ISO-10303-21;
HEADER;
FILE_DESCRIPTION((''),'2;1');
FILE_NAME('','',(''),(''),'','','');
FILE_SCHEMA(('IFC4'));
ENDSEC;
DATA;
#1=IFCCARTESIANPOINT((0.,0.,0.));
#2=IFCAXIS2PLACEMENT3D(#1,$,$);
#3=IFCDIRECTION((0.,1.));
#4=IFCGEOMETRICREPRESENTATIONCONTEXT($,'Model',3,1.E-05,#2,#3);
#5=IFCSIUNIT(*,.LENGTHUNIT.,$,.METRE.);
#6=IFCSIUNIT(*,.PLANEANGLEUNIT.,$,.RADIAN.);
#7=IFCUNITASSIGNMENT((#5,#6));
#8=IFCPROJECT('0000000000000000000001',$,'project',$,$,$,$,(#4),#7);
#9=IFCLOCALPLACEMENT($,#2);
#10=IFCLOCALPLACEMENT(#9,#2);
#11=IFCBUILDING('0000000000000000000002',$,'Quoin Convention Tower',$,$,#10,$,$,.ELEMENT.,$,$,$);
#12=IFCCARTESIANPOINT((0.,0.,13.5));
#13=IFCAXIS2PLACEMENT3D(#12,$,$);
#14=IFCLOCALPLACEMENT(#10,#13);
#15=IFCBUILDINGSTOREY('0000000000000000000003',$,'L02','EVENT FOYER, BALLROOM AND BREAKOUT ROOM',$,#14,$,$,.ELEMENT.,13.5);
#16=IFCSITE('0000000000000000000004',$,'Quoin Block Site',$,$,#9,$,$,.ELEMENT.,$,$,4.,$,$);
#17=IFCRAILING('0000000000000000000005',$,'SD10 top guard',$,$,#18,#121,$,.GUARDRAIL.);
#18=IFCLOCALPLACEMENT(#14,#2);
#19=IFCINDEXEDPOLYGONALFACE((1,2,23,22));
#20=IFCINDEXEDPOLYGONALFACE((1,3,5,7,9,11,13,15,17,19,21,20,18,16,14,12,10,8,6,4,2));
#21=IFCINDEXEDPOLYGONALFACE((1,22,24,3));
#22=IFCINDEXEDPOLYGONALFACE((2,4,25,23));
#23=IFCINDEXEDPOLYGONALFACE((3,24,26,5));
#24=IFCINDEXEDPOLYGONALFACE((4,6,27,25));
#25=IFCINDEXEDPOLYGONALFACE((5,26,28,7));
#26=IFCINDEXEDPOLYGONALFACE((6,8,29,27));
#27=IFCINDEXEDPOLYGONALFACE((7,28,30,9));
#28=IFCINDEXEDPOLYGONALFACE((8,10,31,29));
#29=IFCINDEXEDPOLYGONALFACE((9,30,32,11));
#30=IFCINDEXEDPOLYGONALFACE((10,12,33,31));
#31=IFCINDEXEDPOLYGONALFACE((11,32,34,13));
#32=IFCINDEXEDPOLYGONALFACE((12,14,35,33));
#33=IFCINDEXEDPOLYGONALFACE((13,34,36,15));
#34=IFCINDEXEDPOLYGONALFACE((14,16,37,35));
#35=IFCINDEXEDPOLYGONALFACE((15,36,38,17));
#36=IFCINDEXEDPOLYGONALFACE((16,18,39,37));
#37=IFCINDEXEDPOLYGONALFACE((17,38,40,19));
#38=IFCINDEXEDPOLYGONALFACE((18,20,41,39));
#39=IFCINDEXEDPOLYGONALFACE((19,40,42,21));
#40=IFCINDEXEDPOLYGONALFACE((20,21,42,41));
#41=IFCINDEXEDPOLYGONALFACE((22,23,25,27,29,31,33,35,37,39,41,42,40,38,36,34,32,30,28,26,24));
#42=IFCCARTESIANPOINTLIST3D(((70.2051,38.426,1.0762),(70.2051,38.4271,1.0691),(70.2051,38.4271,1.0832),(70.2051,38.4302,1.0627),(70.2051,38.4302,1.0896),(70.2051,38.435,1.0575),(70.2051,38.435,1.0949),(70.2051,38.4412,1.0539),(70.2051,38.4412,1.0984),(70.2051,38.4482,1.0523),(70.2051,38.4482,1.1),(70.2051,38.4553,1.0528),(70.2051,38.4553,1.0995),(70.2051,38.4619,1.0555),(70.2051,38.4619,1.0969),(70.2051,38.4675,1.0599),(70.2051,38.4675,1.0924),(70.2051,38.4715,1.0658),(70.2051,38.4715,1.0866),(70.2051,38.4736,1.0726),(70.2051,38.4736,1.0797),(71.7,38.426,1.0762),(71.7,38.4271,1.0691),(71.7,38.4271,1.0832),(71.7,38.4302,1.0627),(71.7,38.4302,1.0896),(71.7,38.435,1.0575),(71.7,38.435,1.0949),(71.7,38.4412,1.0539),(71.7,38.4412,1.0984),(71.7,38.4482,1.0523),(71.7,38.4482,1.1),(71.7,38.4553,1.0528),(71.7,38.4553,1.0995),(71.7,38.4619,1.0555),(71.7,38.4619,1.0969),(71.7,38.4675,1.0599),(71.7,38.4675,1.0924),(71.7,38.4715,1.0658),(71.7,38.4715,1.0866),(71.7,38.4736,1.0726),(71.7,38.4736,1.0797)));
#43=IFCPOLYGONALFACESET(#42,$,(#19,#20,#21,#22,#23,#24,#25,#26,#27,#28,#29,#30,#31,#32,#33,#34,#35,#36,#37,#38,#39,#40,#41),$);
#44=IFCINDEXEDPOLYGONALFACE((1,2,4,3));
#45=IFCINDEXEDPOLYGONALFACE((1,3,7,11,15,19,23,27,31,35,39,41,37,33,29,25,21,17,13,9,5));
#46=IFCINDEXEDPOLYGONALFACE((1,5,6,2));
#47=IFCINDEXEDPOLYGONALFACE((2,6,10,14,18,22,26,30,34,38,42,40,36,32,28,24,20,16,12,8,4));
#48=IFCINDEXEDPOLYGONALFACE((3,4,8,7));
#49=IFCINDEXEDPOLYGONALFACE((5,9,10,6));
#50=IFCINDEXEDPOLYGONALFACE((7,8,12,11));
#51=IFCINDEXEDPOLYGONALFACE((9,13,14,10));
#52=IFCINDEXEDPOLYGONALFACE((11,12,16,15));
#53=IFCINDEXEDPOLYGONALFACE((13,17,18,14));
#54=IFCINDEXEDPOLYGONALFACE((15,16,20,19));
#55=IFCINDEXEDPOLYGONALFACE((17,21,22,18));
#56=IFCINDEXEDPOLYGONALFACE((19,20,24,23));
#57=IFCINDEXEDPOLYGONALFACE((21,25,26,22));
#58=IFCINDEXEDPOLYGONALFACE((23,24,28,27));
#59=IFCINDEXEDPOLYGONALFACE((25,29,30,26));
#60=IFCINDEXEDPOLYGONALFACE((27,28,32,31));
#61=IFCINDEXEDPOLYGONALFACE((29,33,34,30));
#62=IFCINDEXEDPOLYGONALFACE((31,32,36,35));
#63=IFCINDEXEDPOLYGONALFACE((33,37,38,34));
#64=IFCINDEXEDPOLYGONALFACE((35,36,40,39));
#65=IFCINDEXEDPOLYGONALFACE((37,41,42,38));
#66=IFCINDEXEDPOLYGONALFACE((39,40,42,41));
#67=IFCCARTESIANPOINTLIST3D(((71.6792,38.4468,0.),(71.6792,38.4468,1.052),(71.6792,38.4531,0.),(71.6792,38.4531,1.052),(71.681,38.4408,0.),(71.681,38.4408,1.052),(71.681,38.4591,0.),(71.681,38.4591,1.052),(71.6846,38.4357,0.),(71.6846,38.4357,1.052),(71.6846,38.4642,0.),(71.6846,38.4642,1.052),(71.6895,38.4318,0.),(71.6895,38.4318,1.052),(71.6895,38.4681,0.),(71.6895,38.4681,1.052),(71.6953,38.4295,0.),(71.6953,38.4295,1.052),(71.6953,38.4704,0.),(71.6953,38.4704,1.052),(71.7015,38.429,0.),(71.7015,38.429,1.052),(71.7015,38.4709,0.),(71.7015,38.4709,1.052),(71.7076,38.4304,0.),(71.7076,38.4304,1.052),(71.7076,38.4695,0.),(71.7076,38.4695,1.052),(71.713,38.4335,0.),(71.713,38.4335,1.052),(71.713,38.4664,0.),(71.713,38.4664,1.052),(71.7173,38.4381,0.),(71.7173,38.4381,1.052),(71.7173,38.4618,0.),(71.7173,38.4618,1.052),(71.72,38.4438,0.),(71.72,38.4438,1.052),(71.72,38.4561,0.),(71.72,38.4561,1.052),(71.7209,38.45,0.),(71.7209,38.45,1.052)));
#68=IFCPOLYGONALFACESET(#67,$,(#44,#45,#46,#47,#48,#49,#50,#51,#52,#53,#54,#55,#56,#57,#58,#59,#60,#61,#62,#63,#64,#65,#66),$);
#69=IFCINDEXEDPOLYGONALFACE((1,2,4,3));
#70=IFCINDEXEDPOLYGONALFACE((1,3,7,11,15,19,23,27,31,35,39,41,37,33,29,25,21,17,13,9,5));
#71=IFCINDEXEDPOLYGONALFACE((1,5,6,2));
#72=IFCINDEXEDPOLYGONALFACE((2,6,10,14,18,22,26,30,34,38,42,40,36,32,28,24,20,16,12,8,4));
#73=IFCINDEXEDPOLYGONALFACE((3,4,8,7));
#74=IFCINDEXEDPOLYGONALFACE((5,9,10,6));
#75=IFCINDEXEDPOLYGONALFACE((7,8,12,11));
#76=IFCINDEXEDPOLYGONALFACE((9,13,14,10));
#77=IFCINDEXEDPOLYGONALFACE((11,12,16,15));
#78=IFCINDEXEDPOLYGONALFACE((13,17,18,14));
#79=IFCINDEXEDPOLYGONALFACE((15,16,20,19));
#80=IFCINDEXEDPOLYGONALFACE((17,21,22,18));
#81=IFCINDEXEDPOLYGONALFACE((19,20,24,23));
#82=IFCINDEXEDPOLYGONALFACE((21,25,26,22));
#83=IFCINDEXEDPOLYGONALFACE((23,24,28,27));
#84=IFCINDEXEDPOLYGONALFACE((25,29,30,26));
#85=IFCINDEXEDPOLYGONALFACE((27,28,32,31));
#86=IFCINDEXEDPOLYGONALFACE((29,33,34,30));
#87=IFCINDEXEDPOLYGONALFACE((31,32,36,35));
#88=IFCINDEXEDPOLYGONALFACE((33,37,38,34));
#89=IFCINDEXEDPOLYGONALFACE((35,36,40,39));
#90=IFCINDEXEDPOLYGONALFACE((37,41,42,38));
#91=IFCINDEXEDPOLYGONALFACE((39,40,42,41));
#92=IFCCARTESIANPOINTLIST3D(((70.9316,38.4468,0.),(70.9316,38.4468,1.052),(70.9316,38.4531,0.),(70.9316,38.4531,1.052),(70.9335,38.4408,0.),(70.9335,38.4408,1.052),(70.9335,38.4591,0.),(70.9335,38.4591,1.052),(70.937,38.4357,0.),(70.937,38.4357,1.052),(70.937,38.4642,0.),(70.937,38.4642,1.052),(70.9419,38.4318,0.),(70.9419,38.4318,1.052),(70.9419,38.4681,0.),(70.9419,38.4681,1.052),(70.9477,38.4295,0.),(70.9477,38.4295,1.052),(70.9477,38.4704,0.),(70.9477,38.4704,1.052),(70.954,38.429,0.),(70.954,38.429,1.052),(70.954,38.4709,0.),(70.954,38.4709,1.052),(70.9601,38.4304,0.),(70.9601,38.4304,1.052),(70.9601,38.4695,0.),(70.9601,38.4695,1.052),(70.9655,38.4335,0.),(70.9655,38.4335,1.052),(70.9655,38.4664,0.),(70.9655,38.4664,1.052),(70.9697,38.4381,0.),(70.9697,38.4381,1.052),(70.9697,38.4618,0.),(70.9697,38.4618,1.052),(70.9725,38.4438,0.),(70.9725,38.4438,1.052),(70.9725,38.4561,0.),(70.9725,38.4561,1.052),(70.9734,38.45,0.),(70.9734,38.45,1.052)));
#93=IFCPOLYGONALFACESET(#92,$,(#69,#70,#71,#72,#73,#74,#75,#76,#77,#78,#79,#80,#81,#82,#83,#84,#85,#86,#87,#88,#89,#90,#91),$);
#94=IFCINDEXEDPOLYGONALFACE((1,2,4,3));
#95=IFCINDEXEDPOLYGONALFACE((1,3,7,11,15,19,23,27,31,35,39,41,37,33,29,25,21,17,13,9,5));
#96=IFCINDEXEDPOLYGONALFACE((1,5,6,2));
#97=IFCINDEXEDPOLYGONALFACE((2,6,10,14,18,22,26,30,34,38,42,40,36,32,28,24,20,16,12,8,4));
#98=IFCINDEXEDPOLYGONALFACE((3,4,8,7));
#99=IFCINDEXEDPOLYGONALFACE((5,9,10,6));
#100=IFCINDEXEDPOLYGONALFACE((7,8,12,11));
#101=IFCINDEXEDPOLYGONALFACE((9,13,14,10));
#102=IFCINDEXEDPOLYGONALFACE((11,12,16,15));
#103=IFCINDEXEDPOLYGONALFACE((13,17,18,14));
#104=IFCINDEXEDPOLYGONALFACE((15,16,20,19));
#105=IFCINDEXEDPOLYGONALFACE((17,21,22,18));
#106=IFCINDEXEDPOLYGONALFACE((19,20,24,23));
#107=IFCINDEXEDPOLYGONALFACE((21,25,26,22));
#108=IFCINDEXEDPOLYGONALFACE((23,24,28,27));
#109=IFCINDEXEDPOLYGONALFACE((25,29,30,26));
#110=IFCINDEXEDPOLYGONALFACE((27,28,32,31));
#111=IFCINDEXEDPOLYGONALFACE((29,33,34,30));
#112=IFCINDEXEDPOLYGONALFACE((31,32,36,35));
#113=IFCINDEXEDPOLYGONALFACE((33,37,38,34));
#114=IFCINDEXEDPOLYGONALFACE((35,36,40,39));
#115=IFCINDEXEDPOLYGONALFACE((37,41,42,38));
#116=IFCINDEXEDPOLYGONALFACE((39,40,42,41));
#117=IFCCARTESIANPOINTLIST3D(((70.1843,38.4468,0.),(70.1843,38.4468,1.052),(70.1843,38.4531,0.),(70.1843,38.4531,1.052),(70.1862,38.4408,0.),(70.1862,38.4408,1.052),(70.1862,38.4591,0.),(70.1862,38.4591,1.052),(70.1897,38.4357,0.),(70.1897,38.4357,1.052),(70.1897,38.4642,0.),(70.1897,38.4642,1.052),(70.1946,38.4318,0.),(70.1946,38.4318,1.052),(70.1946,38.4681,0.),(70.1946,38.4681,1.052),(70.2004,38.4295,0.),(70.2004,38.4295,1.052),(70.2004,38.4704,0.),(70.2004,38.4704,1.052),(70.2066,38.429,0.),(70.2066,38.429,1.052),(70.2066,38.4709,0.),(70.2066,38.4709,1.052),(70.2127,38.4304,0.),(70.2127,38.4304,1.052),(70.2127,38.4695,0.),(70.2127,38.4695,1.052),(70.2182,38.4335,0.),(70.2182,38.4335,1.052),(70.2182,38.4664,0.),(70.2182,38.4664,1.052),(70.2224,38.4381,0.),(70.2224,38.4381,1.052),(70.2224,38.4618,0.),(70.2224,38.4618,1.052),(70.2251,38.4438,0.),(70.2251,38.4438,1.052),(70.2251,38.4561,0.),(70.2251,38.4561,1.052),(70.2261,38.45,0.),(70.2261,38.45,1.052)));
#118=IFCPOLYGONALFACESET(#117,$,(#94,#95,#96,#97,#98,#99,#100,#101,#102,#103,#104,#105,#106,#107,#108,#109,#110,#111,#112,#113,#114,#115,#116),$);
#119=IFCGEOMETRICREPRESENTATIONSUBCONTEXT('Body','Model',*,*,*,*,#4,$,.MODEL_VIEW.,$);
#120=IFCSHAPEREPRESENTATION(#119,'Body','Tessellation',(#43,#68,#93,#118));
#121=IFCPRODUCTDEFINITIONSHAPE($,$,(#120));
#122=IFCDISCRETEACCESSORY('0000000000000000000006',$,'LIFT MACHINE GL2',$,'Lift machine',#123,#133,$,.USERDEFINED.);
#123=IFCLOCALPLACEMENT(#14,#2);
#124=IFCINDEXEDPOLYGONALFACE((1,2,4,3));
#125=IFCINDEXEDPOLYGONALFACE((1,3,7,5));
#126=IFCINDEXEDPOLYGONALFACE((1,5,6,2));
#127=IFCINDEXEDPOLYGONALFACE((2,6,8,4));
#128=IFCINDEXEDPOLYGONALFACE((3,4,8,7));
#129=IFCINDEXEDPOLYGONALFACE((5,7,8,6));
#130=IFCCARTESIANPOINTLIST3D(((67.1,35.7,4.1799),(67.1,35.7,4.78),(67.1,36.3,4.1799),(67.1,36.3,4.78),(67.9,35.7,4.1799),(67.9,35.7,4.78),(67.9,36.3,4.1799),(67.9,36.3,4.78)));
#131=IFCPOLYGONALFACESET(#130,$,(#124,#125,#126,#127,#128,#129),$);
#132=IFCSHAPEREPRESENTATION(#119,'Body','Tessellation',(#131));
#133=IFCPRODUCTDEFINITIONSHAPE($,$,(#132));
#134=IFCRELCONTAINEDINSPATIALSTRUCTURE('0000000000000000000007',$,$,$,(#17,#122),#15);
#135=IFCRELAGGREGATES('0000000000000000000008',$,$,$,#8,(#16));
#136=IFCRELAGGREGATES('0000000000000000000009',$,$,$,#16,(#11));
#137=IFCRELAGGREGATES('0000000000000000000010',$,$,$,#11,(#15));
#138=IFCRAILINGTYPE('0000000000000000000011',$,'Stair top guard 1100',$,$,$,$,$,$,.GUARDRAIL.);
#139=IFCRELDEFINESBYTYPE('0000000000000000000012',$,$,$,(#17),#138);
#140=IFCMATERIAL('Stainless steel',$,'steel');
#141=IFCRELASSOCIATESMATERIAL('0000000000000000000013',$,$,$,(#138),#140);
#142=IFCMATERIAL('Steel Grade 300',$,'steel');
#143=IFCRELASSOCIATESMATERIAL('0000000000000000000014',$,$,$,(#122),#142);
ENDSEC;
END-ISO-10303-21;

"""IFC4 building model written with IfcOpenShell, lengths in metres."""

from ifc_helpers import new_model, si_unit, direction, frame, origin, origin_2d, place, context, subcontext, project, spatial, rectangle, circle, extrude, material, type_object, element, save


model = new_model("IFC4")

# Units and contexts
model_context = context("Model", 3, precision=1e-05, world=origin(), true_north=direction((0.0, 1.0)))
body_context = subcontext(model_context, "Body", "Model", "MODEL_VIEW")
ifc_project = project(units=[si_unit("LENGTHUNIT", "METRE"), si_unit("PLANEANGLEUNIT", "RADIAN")], contexts=[model_context])

# Site, building, storey
site_placement = place(None, origin())
site = spatial("IfcSite", under=ifc_project, at=site_placement, Name="Quoin Block Site", CompositionType="ELEMENT", RefElevation=4.0)
building_placement = place(site_placement, origin())
building = spatial("IfcBuilding", under=site, at=building_placement, Name="Quoin Convention Tower", CompositionType="ELEMENT")
storey_placement = place(building_placement, frame((0.0, 0.0, 13.5)))
storey = spatial("IfcBuildingStorey", under=building, at=storey_placement, Name="L02", Description="EVENT FOYER, BALLROOM AND BREAKOUT ROOM", CompositionType="ELEMENT", Elevation=13.5)

# Shared definitions
ifc_material_1 = material(Name="Steel Grade 300", Category="steel")

# Railing
ifc_material_2 = material(Name="Stainless steel", Category="steel")
railing_type = type_object("IfcRailingType", Name="Stair top guard 1100", PredefinedType="GUARDRAIL", material=ifc_material_2)
railing_placement = place(storey_placement, frame((71.7, 38.45, 0.0)))
element("IfcRailing", 1, at=railing_placement, inside=storey, type_object=railing_type, Name="SD10 top guard", PredefinedType="GUARDRAIL", context=body_context, shape_type="SweptSolid", body=[
    extrude(circle(Radius=0.0239, at=origin_2d()), frame((0.0, 0.0, 1.0762), z_axis=(-1.0, 0.0, 0.0), x_axis=(0.0, -1.0, 0.0)), (0.0, 0.0, 1.0), 1.4949),
    extrude(circle(Radius=0.021, at=origin_2d()), origin(), (0.0, 0.0, 1.0), 1.052),
    extrude(circle(Radius=0.021, at=origin_2d()), frame((-0.7476, 0.0, 0.0)), (0.0, 0.0, 1.0), 1.052),
    extrude(circle(Radius=0.021, at=origin_2d()), frame((-1.4949, 0.0, 0.0)), (0.0, 0.0, 1.0), 1.052),
])

# Discrete accessory
discrete_accessory_placement = place(storey_placement, frame((67.5, 36.0, 4.1799), z_axis=(0.0, 0.0, 1.0), x_axis=(1.0, 0.0, 0.0)))
element("IfcDiscreteAccessory", 2, at=discrete_accessory_placement, inside=storey, material=ifc_material_1, Name="LIFT MACHINE GL2", ObjectType="Lift machine", PredefinedType="USERDEFINED", context=body_context, shape_type="SweptSolid", body=[
    extrude(rectangle(XDim=0.8, YDim=0.6001, at=origin_2d()), origin(), (0.0, 0.0, 1.0), 0.6001),
])

save(model, "model.ifc")
